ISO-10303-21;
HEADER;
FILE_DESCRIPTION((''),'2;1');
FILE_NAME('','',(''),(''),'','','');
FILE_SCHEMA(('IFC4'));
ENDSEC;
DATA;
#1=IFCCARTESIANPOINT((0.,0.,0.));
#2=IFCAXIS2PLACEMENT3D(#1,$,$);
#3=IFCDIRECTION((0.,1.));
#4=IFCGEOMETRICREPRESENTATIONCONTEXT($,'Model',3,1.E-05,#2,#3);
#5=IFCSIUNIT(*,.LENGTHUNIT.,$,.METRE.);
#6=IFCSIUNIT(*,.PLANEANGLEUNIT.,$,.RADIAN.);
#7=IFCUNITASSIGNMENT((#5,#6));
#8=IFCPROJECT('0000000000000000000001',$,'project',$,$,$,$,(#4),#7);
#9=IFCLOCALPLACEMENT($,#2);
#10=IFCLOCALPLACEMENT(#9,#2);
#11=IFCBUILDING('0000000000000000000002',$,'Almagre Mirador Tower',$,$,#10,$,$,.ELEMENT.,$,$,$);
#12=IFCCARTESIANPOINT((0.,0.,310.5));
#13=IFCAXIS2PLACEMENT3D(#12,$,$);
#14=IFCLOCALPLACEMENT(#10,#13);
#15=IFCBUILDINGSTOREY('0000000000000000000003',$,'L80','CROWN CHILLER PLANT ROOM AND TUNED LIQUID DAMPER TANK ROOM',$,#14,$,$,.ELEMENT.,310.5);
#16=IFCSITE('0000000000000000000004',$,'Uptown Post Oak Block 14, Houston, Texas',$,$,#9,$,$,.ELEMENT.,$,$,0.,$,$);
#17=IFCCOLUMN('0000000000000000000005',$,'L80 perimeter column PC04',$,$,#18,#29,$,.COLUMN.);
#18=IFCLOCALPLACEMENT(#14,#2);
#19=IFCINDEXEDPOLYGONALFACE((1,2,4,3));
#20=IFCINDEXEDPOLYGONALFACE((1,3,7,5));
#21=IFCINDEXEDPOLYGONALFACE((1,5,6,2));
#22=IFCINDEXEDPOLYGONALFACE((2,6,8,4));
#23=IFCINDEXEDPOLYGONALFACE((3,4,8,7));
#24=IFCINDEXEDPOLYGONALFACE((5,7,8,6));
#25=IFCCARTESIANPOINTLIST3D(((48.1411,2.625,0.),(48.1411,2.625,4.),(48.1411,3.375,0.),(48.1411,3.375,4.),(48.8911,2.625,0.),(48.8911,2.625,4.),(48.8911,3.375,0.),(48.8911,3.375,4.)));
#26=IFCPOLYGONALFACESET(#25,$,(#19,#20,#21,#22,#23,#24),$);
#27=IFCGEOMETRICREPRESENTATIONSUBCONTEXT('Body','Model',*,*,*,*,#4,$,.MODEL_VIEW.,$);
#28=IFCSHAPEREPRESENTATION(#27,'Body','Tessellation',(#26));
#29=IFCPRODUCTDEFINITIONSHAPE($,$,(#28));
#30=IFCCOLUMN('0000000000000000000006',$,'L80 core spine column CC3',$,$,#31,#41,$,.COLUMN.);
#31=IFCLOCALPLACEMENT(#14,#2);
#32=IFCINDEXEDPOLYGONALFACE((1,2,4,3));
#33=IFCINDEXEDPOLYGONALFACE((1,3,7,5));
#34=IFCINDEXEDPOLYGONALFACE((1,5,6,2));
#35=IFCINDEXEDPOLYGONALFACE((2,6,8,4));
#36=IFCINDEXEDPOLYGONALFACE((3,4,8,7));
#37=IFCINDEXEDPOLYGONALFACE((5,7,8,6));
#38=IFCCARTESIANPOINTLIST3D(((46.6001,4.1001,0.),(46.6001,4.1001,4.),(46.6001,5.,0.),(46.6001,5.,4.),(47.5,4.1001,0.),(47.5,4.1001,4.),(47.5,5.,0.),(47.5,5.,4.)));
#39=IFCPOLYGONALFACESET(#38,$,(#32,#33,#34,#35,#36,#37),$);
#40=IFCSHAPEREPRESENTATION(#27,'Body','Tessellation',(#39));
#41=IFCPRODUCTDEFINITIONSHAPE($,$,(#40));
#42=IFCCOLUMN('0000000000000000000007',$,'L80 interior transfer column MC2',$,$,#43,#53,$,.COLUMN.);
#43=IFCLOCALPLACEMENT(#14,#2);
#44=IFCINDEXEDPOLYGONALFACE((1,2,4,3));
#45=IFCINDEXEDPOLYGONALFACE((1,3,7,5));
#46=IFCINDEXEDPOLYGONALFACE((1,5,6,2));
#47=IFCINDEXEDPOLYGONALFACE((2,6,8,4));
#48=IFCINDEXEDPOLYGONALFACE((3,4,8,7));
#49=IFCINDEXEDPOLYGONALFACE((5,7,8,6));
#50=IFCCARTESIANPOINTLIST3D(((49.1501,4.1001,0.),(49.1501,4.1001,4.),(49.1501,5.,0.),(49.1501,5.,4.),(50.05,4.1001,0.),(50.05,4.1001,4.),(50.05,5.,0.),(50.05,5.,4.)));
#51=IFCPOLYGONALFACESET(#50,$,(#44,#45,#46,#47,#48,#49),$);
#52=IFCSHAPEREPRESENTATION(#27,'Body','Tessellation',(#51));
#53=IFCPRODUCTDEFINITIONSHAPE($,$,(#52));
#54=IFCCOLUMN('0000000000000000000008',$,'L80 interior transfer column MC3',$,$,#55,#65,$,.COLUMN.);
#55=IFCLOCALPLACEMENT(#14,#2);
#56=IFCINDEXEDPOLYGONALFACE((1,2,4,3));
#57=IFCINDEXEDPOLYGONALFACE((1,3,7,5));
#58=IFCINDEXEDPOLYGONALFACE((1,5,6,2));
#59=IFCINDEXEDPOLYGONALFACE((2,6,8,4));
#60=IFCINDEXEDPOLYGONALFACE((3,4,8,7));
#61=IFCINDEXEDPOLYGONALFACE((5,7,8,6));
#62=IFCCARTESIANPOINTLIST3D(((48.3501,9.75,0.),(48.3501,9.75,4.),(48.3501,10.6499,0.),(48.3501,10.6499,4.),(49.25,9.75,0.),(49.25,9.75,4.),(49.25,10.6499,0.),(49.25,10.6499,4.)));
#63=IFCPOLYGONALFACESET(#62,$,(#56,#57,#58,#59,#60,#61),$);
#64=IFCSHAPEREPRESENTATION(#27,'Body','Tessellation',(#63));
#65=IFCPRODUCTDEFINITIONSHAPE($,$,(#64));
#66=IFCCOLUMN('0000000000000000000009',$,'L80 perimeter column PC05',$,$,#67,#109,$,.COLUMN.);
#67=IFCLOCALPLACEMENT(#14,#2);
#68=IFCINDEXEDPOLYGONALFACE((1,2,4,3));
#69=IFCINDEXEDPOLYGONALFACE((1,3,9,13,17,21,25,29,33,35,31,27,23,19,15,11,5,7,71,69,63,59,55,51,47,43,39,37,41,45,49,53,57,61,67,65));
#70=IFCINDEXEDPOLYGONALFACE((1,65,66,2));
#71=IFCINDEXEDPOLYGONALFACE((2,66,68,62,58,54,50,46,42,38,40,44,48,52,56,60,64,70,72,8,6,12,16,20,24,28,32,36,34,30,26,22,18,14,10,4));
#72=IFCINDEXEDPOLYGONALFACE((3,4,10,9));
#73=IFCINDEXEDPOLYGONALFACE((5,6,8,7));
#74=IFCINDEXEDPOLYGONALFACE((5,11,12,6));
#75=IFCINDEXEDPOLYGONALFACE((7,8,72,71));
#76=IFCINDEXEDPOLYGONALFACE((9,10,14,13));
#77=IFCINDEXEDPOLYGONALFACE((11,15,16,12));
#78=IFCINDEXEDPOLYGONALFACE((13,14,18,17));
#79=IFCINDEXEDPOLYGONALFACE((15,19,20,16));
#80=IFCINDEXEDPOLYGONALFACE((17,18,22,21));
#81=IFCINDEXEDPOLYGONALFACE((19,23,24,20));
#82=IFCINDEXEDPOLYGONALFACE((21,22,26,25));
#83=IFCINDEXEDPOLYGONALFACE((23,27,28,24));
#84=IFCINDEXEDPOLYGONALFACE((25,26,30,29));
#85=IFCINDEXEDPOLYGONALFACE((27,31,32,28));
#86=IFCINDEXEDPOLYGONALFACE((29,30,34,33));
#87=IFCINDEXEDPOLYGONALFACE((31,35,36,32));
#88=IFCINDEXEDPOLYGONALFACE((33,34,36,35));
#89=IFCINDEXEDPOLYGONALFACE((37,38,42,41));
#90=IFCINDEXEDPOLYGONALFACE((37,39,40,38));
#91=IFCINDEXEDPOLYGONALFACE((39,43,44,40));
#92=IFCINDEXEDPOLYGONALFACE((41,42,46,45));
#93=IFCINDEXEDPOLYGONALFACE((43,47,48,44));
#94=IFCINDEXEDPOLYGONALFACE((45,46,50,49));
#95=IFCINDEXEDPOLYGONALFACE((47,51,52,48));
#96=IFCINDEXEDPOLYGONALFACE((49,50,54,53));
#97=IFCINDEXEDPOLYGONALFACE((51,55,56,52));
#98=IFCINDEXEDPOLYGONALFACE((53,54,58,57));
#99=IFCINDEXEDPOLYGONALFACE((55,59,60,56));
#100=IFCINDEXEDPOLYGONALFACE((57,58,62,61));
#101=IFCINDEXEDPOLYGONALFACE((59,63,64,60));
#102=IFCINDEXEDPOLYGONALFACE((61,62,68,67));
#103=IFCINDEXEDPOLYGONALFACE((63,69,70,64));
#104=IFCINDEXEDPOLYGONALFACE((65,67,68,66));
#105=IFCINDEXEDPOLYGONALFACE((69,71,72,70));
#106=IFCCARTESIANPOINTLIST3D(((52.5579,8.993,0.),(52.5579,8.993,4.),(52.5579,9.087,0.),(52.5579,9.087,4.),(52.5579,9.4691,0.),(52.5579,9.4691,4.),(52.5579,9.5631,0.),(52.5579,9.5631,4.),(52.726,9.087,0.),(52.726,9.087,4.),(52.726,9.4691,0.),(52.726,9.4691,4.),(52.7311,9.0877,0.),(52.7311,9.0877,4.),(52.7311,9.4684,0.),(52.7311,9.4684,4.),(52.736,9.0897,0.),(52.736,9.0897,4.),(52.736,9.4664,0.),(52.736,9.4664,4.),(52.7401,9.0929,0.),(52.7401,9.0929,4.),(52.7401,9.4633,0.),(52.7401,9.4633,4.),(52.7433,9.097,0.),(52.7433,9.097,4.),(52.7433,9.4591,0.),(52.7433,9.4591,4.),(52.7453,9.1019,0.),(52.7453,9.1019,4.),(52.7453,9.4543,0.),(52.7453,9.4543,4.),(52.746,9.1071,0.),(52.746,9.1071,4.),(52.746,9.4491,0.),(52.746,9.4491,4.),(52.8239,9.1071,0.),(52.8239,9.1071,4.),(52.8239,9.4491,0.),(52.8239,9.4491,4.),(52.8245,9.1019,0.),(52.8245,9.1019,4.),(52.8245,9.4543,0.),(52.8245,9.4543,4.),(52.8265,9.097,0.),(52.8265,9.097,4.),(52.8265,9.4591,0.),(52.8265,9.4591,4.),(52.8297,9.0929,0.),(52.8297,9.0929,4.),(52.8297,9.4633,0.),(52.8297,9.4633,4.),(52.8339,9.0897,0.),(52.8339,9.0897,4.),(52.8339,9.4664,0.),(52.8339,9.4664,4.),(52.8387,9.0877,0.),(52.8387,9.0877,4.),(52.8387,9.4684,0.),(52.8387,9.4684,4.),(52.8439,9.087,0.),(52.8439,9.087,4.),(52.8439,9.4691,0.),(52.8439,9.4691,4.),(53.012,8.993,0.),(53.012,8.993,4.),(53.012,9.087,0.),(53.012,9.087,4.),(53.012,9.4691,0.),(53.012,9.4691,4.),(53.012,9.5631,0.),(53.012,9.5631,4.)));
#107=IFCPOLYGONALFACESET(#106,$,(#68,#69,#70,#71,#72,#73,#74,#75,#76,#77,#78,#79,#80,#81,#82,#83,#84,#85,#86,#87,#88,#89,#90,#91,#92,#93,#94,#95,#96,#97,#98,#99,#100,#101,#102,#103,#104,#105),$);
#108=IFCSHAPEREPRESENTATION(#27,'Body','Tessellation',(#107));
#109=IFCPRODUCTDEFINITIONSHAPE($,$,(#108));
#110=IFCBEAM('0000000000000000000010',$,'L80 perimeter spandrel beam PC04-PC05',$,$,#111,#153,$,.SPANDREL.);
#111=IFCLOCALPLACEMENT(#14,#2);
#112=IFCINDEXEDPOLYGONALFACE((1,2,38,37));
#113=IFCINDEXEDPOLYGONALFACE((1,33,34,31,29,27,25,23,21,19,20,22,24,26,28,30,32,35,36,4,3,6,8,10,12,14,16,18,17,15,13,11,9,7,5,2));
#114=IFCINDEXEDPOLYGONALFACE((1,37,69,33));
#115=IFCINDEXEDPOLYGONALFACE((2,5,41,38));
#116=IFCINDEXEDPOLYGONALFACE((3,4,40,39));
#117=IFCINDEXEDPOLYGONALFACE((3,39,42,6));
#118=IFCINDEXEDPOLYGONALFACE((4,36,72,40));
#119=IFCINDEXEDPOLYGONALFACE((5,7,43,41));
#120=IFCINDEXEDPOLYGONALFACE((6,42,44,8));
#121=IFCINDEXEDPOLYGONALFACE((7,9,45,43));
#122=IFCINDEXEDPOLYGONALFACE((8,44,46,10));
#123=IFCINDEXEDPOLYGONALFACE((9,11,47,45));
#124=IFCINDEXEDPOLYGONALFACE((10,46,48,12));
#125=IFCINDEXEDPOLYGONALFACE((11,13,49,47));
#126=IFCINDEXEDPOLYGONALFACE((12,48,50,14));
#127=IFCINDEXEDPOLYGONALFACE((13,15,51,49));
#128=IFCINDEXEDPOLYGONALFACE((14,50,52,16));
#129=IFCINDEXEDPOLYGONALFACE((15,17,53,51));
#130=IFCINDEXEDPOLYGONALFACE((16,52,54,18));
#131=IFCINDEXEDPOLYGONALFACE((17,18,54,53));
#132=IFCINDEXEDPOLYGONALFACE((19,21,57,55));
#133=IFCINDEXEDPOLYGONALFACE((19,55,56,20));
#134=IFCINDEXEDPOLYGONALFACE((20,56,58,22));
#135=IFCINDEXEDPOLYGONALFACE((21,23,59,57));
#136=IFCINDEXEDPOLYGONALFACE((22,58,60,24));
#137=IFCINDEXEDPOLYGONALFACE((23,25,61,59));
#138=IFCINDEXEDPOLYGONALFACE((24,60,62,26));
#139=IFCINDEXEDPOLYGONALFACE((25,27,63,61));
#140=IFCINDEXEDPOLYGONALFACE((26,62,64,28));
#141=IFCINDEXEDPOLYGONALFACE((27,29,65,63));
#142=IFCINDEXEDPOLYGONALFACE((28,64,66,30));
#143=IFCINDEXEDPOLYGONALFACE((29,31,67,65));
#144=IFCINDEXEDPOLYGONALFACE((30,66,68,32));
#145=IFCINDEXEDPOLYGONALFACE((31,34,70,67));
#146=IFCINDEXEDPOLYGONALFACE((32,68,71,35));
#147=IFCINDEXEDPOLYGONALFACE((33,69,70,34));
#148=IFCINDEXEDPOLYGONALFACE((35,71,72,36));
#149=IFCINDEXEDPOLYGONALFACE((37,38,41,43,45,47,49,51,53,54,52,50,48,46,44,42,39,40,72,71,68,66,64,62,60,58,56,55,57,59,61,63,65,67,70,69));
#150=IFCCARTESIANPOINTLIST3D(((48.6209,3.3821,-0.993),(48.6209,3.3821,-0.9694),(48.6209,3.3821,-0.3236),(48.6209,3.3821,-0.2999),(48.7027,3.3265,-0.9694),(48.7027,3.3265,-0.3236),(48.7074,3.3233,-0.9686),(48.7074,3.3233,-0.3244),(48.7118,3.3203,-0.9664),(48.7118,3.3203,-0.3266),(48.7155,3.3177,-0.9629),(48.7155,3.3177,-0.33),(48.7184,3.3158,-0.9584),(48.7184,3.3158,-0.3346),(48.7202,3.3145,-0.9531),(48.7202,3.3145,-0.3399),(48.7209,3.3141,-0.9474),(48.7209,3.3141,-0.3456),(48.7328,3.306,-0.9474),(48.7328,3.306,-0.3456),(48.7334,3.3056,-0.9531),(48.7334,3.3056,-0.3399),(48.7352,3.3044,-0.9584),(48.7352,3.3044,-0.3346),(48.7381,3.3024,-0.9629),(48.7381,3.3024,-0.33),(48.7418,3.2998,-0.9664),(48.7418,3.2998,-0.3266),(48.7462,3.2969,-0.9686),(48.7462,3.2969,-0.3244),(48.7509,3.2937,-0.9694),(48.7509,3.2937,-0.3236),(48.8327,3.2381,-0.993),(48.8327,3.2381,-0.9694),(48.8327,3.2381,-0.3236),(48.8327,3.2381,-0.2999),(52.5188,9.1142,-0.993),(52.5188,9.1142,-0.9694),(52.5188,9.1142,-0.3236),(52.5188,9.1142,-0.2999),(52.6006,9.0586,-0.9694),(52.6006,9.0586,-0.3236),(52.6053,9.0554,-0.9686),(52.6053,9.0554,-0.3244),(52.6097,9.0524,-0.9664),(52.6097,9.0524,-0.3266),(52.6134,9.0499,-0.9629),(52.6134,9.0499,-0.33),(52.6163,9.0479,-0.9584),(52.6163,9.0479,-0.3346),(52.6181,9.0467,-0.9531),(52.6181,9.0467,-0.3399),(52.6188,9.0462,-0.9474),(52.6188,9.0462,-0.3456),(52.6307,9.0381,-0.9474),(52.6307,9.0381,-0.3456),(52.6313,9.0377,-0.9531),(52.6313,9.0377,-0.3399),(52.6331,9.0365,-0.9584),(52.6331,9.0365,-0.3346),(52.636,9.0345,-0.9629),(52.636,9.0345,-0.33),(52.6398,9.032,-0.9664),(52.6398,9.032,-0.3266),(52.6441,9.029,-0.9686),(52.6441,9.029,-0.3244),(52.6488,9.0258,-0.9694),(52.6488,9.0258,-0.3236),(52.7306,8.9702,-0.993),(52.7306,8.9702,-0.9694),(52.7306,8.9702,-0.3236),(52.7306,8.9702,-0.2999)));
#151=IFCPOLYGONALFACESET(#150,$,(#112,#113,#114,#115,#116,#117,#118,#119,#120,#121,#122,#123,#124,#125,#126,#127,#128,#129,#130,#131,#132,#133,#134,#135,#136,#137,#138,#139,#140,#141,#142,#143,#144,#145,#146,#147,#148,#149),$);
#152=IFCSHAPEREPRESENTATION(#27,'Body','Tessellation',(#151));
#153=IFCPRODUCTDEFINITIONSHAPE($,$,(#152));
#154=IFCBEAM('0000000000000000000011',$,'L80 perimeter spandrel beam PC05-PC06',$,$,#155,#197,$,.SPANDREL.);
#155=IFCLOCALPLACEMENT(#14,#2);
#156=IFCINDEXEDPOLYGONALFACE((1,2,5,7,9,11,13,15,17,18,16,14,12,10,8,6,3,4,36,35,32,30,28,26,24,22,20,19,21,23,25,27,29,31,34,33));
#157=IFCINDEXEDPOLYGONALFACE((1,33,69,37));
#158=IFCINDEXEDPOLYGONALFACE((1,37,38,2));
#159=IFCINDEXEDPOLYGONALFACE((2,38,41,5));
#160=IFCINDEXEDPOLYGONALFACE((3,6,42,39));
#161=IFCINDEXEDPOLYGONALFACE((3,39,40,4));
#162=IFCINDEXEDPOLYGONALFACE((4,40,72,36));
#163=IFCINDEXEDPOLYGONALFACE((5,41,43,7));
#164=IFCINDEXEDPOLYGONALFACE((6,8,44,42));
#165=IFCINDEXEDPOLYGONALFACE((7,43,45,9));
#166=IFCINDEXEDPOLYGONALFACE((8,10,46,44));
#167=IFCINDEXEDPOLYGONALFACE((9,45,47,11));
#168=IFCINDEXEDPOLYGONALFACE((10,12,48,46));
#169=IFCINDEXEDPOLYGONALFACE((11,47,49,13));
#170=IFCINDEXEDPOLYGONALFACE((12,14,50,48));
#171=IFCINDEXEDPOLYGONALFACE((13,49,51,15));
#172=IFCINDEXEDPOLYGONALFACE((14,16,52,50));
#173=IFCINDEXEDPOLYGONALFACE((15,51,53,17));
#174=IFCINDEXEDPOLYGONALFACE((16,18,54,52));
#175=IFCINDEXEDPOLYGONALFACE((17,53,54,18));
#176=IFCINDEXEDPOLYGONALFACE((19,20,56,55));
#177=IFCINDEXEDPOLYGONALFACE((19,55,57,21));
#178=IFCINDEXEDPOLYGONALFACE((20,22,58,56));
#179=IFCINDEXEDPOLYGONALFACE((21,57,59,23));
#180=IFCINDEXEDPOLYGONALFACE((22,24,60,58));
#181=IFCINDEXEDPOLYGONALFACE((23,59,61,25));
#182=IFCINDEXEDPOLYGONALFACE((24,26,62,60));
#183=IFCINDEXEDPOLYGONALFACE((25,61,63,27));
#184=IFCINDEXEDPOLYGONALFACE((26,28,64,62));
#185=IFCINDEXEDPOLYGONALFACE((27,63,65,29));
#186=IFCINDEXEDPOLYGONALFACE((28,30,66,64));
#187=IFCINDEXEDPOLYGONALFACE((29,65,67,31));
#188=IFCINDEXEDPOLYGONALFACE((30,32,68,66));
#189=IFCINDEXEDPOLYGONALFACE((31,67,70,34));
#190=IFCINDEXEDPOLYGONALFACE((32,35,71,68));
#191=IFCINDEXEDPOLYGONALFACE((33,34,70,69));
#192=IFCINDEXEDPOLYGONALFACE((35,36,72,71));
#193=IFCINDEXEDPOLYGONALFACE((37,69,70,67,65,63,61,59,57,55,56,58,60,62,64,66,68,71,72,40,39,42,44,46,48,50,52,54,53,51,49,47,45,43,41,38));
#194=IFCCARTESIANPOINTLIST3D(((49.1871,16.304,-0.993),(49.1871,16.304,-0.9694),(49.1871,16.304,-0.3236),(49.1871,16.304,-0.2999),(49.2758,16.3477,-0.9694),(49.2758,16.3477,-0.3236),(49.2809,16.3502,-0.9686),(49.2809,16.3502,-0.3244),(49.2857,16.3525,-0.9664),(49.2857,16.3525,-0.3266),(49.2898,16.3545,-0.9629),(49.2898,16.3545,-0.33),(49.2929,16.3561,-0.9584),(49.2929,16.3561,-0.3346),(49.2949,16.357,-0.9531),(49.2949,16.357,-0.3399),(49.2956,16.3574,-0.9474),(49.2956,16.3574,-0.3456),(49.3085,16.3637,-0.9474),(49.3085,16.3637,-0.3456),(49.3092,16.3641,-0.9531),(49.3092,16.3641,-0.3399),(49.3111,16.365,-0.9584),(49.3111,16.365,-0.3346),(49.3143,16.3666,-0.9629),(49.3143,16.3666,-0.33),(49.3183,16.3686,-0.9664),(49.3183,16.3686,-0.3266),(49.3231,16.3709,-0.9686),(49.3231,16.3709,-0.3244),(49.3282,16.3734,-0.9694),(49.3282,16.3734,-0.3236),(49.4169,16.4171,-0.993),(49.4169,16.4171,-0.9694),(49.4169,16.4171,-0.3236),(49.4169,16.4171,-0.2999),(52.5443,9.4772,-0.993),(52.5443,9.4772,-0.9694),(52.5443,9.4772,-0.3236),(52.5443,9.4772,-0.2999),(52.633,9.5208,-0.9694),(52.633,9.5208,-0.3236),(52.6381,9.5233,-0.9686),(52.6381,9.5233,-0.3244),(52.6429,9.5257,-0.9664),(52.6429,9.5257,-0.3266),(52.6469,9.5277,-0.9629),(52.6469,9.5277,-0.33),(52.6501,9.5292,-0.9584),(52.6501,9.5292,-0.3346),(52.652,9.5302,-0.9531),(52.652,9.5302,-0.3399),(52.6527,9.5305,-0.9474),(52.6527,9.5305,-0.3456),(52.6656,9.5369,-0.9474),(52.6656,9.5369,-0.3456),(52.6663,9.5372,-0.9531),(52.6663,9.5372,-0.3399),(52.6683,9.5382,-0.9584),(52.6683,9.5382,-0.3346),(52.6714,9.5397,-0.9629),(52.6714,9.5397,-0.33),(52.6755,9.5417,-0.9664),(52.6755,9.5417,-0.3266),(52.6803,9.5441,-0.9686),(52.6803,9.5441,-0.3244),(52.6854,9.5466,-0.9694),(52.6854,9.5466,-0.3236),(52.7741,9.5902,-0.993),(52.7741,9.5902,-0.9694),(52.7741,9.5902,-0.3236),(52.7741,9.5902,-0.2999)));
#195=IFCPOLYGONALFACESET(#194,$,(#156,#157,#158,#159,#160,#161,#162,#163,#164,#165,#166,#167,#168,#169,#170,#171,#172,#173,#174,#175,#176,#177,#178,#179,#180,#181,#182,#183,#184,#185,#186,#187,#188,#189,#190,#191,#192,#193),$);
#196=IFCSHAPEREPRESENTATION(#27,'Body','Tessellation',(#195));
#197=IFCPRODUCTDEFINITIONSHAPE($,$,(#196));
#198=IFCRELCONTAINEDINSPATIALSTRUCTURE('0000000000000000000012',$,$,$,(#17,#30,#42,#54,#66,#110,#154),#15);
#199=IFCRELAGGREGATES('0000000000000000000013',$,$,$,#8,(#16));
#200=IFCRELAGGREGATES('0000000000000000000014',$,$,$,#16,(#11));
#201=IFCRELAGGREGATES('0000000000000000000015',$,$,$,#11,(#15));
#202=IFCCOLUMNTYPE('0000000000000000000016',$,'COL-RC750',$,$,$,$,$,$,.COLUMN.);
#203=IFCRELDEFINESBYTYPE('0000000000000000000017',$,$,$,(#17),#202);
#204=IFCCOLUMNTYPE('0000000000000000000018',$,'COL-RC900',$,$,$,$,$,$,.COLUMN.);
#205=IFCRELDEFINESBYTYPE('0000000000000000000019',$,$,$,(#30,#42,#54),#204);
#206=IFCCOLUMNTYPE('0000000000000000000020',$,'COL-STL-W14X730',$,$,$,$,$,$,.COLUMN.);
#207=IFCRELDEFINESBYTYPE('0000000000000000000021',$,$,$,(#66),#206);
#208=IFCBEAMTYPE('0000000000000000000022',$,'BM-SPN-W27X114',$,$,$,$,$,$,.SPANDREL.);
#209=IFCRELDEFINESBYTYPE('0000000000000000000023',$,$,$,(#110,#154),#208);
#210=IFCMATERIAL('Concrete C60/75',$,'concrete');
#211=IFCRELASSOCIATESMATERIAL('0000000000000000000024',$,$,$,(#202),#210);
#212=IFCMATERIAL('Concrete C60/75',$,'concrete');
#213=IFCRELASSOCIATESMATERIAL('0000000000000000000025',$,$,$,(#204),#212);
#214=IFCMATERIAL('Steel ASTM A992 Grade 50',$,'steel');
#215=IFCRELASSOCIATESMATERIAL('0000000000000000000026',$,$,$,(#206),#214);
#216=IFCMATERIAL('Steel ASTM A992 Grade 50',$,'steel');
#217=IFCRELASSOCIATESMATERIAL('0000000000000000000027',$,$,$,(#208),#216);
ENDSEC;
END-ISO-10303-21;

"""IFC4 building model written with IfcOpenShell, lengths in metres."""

from ifc_helpers import new_model, si_unit, direction, frame, origin, origin_2d, place, context, subcontext, project, spatial, rectangle, i_section, extrude, material, material_profile, profile_set, type_object, element, save


model = new_model("IFC4")

# Units and contexts
model_context = context("Model", 3, precision=1e-05, world=origin(), true_north=direction((0.0, 1.0)))
body_context = subcontext(model_context, "Body", "Model", "MODEL_VIEW")
ifc_project = project(units=[si_unit("LENGTHUNIT", "METRE"), si_unit("PLANEANGLEUNIT", "RADIAN")], contexts=[model_context])

# Site, building, storey
site_placement = place(None, origin())
site = spatial("IfcSite", under=ifc_project, at=site_placement, Name="Uptown Post Oak Block 14, Houston, Texas", CompositionType="ELEMENT", RefElevation=0.0)
building_placement = place(site_placement, origin())
building = spatial("IfcBuilding", under=site, at=building_placement, Name="Almagre Mirador Tower", CompositionType="ELEMENT")
storey_placement = place(building_placement, frame((0.0, 0.0, 310.5)))
storey = spatial("IfcBuildingStorey", under=building, at=storey_placement, Name="L80", Description="CROWN CHILLER PLANT ROOM AND TUNED LIQUID DAMPER TANK ROOM", CompositionType="ELEMENT", Elevation=310.5)

# Columns
ifc_material_1 = material(Name="Concrete C60/75", Category="concrete")
ifc_material_profile_1 = material_profile(ifc_material_1, rectangle(XDim=0.75, YDim=0.75, at=origin_2d()), Name="RC750X750")
ifc_profile_set_1 = profile_set([ifc_material_profile_1], Name="Concrete C60/75")
column_type_1 = type_object("IfcColumnType", Name="COL-RC750", PredefinedType="COLUMN", material=ifc_profile_set_1)
column_1_placement = place(storey_placement, frame((48.5161, 3.0, 0.0), z_axis=(0.0, 0.0, 1.0), x_axis=(1.0, 0.0, 0.0)))
element("IfcColumn", 1, at=column_1_placement, inside=storey, type_object=column_type_1, Name="L80 perimeter column PC04", PredefinedType="COLUMN", context=body_context, shape_type="SweptSolid", body=[
    extrude(rectangle(XDim=0.75, YDim=0.75, at=origin_2d()), origin(), (0.0, 0.0, 1.0), 4.0),
])
ifc_material_2 = material(Name="Concrete C60/75", Category="concrete")
ifc_material_profile_2 = material_profile(ifc_material_2, rectangle(XDim=0.8999, YDim=0.8999, at=origin_2d()), Name="RC900X900")
ifc_profile_set_2 = profile_set([ifc_material_profile_2], Name="Concrete C60/75")
column_type_2 = type_object("IfcColumnType", Name="COL-RC900", PredefinedType="COLUMN", material=ifc_profile_set_2)
for number, where, z_axis, x_axis, name in (
    (2, (47.05, 4.55, 0.0), (0.0, 0.0, 1.0), (1.0, 0.0, 0.0), "L80 core spine column CC3"),
    (3, (49.6001, 4.55, 0.0), (0.0, 0.0, 1.0), (1.0, 0.0, 0.0), "L80 interior transfer column MC2"),
    (4, (48.8, 10.2, 0.0), (0.0, 0.0, 1.0), (1.0, 0.0, 0.0), "L80 interior transfer column MC3"),
):
    element("IfcColumn", number, at=place(storey_placement, frame(where, z_axis=z_axis, x_axis=x_axis)), inside=storey, type_object=column_type_2, Name=name, PredefinedType="COLUMN", context=body_context, shape_type="SweptSolid", body=[
        extrude(rectangle(XDim=0.8999, YDim=0.8999, at=origin_2d()), origin(), (0.0, 0.0, 1.0), 4.0),
    ])
ifc_material_3 = material(Name="Steel ASTM A992 Grade 50", Category="steel")
ifc_material_profile_3 = material_profile(ifc_material_3, i_section(OverallWidth=0.4541, OverallDepth=0.5701, WebThickness=0.0779, FlangeThickness=0.094, FilletRadius=0.02, at=origin_2d()), Name="W14X730")
ifc_profile_set_3 = profile_set([ifc_material_profile_3], Name="Steel ASTM A992 Grade 50")
column_type_3 = type_object("IfcColumnType", Name="COL-STL-W14X730", PredefinedType="COLUMN", material=ifc_profile_set_3)
column_2_placement = place(storey_placement, frame((52.7849, 9.2781, 0.0), z_axis=(0.0, 0.0, 1.0), x_axis=(1.0, 0.0, 0.0)))
element("IfcColumn", 5, at=column_2_placement, inside=storey, type_object=column_type_3, Name="L80 perimeter column PC05", PredefinedType="COLUMN", context=body_context, shape_type="SweptSolid", body=[
    extrude(i_section(OverallWidth=0.4541, OverallDepth=0.5701, WebThickness=0.0779, FlangeThickness=0.094, FilletRadius=0.02, at=origin_2d()), origin(), (0.0, 0.0, 1.0), 4.0),
])

# Beams
ifc_material_4 = material(Name="Steel ASTM A992 Grade 50", Category="steel")
ifc_material_profile_4 = material_profile(ifc_material_4, i_section(OverallWidth=0.2561, OverallDepth=0.6931, WebThickness=0.0144, FlangeThickness=0.0237, FilletRadius=0.022, at=origin_2d()), Name="W27X114")
ifc_profile_set_4 = profile_set([ifc_material_profile_4], Name="Steel ASTM A992 Grade 50")
beam_type_1 = type_object("IfcBeamType", Name="BM-SPN-W27X114", PredefinedType="SPANDREL", material=ifc_profile_set_4)
beam_1_placement = place(storey_placement, frame((48.7268, 3.3101, -0.6465), z_axis=(0.562317, 0.826922, 0.0), x_axis=(-0.826922, 0.562317, 0.0)))
element("IfcBeam", 6, at=beam_1_placement, inside=storey, type_object=beam_type_1, Name="L80 perimeter spandrel beam PC04-PC05", PredefinedType="SPANDREL", context=body_context, shape_type="SweptSolid", body=[
    extrude(i_section(OverallWidth=0.2561, OverallDepth=0.6931, WebThickness=0.0144, FlangeThickness=0.0237, FilletRadius=0.022, at=origin_2d()), origin(), (0.0, 0.0, 1.0), 6.9319),
])
beam_2_placement = place(storey_placement, frame((52.6592, 9.5337, -0.6465), z_axis=(-0.441286, 0.897366, 0.0), x_axis=(-0.897366, -0.441286, 0.0)))
element("IfcBeam", 7, at=beam_2_placement, inside=storey, type_object=beam_type_1, Name="L80 perimeter spandrel beam PC05-PC06", PredefinedType="SPANDREL", context=body_context, shape_type="SweptSolid", body=[
    extrude(i_section(OverallWidth=0.2561, OverallDepth=0.6931, WebThickness=0.0144, FlangeThickness=0.0237, FilletRadius=0.022, at=origin_2d()), origin(), (0.0, 0.0, 1.0), 7.6077),
])

save(model, "model.ifc")
